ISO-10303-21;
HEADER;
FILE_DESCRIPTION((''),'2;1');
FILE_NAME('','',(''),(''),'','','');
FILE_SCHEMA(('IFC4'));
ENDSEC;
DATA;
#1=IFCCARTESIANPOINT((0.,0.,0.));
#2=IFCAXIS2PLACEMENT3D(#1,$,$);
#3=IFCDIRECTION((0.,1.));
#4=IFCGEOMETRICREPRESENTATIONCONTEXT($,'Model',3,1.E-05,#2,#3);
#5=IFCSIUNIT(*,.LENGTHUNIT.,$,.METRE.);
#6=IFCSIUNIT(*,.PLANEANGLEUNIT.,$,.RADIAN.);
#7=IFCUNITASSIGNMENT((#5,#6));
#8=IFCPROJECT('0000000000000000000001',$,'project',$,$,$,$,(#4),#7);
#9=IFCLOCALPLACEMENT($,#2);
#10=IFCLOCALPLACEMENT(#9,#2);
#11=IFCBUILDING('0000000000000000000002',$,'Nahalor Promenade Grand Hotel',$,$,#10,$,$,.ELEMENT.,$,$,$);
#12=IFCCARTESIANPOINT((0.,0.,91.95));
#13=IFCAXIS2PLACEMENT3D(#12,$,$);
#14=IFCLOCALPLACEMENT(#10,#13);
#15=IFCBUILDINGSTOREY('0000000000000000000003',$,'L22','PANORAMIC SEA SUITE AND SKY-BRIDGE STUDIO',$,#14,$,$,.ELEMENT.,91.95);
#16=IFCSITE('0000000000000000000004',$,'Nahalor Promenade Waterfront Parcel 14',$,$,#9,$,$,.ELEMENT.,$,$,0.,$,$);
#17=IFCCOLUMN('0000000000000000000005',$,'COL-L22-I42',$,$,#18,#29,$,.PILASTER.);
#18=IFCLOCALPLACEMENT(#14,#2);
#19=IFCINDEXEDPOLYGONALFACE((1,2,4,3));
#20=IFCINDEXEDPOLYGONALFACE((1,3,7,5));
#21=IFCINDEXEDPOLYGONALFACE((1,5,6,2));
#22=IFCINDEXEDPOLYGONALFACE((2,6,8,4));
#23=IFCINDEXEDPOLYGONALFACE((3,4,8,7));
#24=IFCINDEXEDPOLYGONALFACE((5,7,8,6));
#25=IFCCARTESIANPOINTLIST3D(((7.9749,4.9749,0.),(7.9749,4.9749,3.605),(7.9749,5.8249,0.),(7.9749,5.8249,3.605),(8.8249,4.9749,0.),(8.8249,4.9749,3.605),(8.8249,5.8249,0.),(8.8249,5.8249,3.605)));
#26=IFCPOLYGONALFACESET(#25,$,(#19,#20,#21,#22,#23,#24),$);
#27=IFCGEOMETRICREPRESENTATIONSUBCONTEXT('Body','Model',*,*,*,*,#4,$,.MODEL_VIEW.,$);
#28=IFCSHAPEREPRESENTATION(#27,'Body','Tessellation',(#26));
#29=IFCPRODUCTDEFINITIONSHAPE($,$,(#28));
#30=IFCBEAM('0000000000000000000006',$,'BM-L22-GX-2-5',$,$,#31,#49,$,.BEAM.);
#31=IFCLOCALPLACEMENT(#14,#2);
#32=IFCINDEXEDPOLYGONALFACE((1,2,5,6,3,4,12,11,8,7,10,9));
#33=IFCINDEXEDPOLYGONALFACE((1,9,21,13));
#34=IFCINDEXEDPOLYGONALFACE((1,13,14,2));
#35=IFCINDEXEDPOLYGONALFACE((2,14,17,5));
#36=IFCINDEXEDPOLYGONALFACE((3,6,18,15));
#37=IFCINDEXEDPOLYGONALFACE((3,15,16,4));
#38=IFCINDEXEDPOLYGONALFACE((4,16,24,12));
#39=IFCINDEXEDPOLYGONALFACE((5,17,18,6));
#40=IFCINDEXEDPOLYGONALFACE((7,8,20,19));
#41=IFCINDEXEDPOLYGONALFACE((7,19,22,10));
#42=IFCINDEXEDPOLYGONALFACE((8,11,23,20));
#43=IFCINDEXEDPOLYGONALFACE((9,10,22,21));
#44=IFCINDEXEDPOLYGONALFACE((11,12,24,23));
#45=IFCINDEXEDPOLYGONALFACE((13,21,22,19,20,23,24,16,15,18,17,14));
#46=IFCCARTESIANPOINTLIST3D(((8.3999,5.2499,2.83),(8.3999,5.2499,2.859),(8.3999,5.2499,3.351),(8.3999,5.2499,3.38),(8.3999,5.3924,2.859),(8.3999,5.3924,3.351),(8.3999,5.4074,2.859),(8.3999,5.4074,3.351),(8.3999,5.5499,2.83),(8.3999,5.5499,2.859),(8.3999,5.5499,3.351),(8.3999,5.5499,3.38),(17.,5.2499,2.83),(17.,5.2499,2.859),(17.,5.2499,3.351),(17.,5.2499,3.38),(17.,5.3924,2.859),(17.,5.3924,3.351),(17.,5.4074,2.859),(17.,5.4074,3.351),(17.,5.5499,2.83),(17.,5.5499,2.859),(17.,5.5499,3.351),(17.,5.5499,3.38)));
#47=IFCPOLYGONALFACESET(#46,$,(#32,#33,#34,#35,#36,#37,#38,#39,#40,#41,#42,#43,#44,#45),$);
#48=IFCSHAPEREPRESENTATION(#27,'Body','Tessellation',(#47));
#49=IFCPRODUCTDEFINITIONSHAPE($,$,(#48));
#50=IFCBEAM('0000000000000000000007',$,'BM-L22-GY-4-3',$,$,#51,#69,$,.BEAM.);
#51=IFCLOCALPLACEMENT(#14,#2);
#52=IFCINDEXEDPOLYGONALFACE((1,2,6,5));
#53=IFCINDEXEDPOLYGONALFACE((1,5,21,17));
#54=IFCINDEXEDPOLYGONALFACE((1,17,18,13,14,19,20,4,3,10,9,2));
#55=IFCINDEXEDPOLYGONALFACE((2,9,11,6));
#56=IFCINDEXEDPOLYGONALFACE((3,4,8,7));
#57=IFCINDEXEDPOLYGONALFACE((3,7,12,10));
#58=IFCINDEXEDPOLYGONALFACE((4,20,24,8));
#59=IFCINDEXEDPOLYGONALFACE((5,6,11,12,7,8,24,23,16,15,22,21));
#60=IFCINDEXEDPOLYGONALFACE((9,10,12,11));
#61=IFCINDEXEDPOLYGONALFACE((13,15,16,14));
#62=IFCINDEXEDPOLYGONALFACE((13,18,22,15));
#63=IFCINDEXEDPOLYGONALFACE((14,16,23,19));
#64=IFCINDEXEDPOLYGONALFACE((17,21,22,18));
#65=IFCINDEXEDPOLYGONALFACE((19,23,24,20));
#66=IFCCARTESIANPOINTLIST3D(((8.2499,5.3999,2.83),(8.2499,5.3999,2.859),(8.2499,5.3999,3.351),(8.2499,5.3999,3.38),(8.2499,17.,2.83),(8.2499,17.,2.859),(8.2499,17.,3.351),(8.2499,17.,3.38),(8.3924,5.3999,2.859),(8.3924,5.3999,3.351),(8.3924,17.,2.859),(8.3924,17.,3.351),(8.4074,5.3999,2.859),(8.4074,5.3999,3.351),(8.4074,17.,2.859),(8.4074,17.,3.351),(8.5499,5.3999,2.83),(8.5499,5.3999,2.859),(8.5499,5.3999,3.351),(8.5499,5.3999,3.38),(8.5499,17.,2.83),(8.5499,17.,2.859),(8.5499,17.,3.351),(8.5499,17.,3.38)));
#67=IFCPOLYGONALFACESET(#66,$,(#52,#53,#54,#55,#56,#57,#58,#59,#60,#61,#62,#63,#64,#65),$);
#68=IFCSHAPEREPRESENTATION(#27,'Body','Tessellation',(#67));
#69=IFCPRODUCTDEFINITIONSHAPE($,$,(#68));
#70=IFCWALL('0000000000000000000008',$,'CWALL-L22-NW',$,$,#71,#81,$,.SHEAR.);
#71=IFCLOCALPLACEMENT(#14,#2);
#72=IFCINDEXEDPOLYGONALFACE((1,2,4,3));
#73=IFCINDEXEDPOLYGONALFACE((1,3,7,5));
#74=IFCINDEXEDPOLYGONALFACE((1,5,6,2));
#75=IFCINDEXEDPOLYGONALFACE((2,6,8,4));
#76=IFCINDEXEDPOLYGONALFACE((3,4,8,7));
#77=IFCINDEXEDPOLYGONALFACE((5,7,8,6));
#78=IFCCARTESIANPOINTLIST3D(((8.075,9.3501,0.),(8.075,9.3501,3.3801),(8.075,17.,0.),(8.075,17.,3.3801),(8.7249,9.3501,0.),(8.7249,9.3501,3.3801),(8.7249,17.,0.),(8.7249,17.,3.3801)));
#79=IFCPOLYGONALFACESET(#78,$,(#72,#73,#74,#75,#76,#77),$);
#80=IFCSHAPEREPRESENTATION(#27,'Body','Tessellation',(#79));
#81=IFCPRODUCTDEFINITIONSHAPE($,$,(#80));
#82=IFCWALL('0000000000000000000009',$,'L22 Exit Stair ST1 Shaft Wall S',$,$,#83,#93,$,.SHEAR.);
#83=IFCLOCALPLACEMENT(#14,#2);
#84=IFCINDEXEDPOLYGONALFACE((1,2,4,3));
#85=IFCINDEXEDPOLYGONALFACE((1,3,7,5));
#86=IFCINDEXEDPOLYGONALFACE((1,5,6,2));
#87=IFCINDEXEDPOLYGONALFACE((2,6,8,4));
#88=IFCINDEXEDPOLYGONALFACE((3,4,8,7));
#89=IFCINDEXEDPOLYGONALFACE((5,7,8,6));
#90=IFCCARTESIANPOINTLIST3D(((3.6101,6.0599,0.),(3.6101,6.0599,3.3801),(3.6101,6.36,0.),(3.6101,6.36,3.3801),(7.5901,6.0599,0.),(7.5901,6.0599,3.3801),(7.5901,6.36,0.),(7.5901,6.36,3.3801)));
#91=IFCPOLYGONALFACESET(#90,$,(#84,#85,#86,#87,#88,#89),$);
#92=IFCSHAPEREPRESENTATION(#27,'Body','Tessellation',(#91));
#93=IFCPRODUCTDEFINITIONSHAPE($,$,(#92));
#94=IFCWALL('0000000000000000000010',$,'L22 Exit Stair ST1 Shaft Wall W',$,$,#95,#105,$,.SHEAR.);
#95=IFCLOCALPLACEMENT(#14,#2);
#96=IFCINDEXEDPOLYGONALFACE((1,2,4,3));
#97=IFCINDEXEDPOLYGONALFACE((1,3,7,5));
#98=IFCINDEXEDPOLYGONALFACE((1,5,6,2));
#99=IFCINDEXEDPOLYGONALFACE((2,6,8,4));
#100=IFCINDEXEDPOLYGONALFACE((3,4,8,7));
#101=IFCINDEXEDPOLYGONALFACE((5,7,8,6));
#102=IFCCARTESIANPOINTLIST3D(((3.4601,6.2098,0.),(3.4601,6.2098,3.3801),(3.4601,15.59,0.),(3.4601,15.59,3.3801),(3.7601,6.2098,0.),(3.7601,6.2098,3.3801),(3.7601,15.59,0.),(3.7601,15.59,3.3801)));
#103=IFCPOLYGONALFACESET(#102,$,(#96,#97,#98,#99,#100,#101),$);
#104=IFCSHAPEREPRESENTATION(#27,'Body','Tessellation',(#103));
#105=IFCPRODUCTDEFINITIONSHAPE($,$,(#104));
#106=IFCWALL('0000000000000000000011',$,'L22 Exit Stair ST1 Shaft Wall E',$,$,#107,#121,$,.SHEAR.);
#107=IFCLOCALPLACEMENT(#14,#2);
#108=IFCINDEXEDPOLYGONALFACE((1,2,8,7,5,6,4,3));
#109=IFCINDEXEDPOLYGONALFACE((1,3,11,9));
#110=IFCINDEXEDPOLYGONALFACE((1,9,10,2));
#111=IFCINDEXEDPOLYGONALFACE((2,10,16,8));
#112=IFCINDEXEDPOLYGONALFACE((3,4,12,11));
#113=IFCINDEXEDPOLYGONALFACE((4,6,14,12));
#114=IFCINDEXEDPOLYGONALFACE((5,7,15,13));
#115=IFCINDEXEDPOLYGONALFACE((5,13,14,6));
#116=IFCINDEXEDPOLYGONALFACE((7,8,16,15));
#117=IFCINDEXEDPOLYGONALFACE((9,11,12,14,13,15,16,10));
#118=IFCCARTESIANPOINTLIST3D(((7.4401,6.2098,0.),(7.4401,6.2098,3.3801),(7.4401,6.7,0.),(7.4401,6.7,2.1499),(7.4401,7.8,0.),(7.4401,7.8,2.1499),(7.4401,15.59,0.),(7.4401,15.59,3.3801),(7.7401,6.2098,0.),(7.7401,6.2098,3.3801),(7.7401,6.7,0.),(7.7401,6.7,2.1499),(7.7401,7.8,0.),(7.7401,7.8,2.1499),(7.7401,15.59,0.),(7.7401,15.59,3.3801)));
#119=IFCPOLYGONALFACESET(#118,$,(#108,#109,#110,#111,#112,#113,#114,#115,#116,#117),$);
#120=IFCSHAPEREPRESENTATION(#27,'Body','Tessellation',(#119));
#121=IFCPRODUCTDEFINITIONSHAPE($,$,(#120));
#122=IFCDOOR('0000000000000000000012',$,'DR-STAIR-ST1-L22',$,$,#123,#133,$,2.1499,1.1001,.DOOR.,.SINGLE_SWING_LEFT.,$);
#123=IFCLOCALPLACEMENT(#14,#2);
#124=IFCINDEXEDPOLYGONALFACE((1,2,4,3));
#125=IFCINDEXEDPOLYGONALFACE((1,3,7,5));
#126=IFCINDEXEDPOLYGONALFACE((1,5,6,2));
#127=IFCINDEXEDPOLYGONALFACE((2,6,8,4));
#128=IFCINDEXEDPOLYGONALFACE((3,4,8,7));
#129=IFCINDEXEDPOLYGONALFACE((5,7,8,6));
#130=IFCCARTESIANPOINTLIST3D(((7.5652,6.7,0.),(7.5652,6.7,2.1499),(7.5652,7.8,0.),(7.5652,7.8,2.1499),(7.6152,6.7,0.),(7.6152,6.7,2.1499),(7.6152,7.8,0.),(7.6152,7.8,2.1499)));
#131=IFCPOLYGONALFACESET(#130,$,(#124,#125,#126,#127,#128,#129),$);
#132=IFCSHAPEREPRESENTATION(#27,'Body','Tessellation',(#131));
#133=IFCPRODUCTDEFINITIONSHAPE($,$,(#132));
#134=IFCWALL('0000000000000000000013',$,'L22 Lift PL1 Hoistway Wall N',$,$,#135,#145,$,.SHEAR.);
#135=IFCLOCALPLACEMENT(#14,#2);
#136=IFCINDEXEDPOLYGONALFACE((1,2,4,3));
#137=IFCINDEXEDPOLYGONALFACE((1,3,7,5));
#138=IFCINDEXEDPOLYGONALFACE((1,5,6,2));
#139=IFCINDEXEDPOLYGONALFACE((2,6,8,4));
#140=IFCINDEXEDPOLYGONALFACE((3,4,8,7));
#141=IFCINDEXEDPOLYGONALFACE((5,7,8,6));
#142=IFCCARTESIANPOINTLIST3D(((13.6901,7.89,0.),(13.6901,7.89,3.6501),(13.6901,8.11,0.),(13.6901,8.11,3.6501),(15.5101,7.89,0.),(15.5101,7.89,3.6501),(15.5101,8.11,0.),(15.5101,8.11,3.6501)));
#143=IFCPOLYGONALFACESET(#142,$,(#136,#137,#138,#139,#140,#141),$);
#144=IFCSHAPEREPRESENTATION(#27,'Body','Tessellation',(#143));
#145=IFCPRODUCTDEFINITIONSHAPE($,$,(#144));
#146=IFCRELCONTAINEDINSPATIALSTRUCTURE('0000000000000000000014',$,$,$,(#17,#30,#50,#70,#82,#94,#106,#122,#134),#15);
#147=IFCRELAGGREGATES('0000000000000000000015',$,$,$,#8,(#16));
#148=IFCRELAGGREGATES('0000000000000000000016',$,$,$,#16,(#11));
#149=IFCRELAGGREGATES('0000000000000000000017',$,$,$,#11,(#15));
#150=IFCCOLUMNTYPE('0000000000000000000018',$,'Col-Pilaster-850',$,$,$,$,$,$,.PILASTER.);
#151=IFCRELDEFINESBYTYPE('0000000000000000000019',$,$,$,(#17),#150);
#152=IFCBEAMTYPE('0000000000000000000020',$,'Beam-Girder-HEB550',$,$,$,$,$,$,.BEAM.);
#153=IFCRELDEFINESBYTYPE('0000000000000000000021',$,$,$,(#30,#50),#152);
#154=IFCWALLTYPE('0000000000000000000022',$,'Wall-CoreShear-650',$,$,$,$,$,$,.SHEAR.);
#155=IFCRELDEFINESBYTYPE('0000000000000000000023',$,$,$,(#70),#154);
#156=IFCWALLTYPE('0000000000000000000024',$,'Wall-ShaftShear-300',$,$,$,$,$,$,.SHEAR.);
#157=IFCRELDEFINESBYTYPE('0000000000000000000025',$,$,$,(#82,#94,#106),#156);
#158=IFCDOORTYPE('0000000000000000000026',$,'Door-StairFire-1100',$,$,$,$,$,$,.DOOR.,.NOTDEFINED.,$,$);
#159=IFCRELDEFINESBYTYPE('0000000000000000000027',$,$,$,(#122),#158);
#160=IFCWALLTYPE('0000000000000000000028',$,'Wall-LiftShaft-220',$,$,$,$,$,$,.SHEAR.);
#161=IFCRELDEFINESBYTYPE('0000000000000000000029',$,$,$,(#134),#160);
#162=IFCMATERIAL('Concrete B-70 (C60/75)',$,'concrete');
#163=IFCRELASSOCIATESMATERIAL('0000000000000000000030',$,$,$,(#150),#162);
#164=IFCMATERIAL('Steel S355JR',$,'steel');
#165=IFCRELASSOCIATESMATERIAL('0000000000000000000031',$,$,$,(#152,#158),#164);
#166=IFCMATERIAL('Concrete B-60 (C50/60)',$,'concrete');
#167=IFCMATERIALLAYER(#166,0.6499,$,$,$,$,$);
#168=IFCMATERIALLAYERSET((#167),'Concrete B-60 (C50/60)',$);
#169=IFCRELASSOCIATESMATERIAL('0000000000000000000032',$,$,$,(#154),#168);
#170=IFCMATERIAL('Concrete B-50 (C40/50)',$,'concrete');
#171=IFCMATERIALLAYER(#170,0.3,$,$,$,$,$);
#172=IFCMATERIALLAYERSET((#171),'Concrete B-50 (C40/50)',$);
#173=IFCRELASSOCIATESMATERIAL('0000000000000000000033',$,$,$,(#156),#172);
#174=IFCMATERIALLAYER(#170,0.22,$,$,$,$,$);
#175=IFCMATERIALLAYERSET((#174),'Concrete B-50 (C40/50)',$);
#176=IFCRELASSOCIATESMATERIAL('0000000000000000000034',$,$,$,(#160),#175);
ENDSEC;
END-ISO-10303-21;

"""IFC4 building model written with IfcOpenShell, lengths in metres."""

from ifc_helpers import new_model, si_unit, direction, frame, frame_2d, origin, origin_2d, place, context, subcontext, project, spatial, rectangle, i_section, extrude, source, transform, mapped, material, layer, layer_set, material_profile, profile_set, type_object, element, fill, save


model = new_model("IFC4")

# Units and contexts
model_context = context("Model", 3, precision=1e-05, world=origin(), true_north=direction((0.0, 1.0)))
body_context = subcontext(model_context, "Body", "Model", "MODEL_VIEW")
ifc_project = project(units=[si_unit("LENGTHUNIT", "METRE"), si_unit("PLANEANGLEUNIT", "RADIAN")], contexts=[model_context])

# Site, building, storey
site_placement = place(None, origin())
site = spatial("IfcSite", under=ifc_project, at=site_placement, Name="Nahalor Promenade Waterfront Parcel 14", CompositionType="ELEMENT", RefElevation=0.0)
building_placement = place(site_placement, origin())
building = spatial("IfcBuilding", under=site, at=building_placement, Name="Nahalor Promenade Grand Hotel", CompositionType="ELEMENT")
storey_placement = place(building_placement, frame((0.0, 0.0, 91.95)))
storey = spatial("IfcBuildingStorey", under=building, at=storey_placement, Name="L22", Description="PANORAMIC SEA SUITE AND SKY-BRIDGE STUDIO", CompositionType="ELEMENT", Elevation=91.95)

# Column
ifc_material_1 = material(Name="Concrete B-70 (C60/75)", Category="concrete")
ifc_material_profile_1 = material_profile(ifc_material_1, rectangle(XDim=0.85, YDim=0.85, at=origin_2d()), Name="RC 850x850")
ifc_profile_set_1 = profile_set([ifc_material_profile_1], Name="Concrete B-70 (C60/75)")
column_type = type_object("IfcColumnType", Name="Col-Pilaster-850", PredefinedType="PILASTER", material=ifc_profile_set_1)
shared_shape_1 = source(origin(), body_context, "Body", "SweptSolid", [
    extrude(rectangle(XDim=0.85, YDim=0.85, at=origin_2d()), origin(), (0.0, 0.0, 1.0), 3.605),
])
column_placement = place(storey_placement, frame((8.3999, 5.3999, 0.0), z_axis=(0.0, 0.0, 1.0), x_axis=(1.0, 0.0, 0.0)))
element("IfcColumn", 1, at=column_placement, inside=storey, type_object=column_type, Name="COL-L22-I42", PredefinedType="PILASTER", context=body_context, shape_type="MappedRepresentation", body=[
    mapped(shared_shape_1, transform((0.0, 0.0, 0.0), scale=1.0)),
])

# Beams
ifc_material_2 = material(Name="Steel S355JR", Category="steel")
ifc_material_profile_2 = material_profile(ifc_material_2, i_section(OverallWidth=0.3, OverallDepth=0.55, WebThickness=0.015, FlangeThickness=0.029, at=origin_2d()), Name="HEB 550")
ifc_profile_set_2 = profile_set([ifc_material_profile_2], Name="Steel S355JR")
beam_type = type_object("IfcBeamType", Name="Beam-Girder-HEB550", PredefinedType="BEAM", material=ifc_profile_set_2)
shared_shape_2 = source(origin(), body_context, "Body", "SweptSolid", [
    extrude(i_section(OverallWidth=0.3, OverallDepth=0.55, WebThickness=0.015, FlangeThickness=0.029, at=origin_2d()), origin(), (0.0, 0.0, 1.0), 8.6001),
])
beam_1_placement = place(storey_placement, frame((8.3999, 5.3999, 3.105), z_axis=(1.0, 0.0, 0.0), x_axis=(0.0, 1.0, 0.0)))
element("IfcBeam", 2, at=beam_1_placement, inside=storey, type_object=beam_type, Name="BM-L22-GX-2-5", PredefinedType="BEAM", context=body_context, shape_type="MappedRepresentation", body=[
    mapped(shared_shape_2, transform((0.0, 0.0, 0.0), scale=1.0)),
])
shared_shape_3 = source(origin(), body_context, "Body", "SweptSolid", [
    extrude(i_section(OverallWidth=0.3, OverallDepth=0.55, WebThickness=0.015, FlangeThickness=0.029, at=origin_2d()), origin(), (0.0, 0.0, 1.0), 11.6001),
])
beam_2_placement = place(storey_placement, frame((8.3999, 5.3999, 3.105), z_axis=(0.0, 1.0, 0.0), x_axis=(-1.0, 0.0, 0.0)))
element("IfcBeam", 3, at=beam_2_placement, inside=storey, type_object=beam_type, Name="BM-L22-GY-4-3", PredefinedType="BEAM", context=body_context, shape_type="MappedRepresentation", body=[
    mapped(shared_shape_3, transform((0.0, 0.0, 0.0), scale=1.0)),
])

# Walls
ifc_material_3 = material(Name="Concrete B-60 (C50/60)", Category="concrete")
ifc_layer_1 = layer(ifc_material_3, 0.6499)
ifc_layer_set_1 = layer_set([ifc_layer_1], Name="Concrete B-60 (C50/60)")
wall_type_1 = type_object("IfcWallType", Name="Wall-CoreShear-650", PredefinedType="SHEAR", material=ifc_layer_set_1)
shared_shape_4 = source(origin(), body_context, "Body", "SweptSolid", [
    extrude(rectangle(XDim=7.6499, YDim=0.6499, at=frame_2d((3.825, 0.0))), origin(), (0.0, 0.0, 1.0), 3.3801),
])
wall_1_placement = place(storey_placement, frame((8.3999, 9.3501, 0.0), z_axis=(0.0, 0.0, 1.0), x_axis=(0.0, 1.0, 0.0)))
element("IfcWall", 4, at=wall_1_placement, inside=storey, type_object=wall_type_1, Name="CWALL-L22-NW", PredefinedType="SHEAR", context=body_context, shape_type="MappedRepresentation", body=[
    mapped(shared_shape_4, transform((0.0, 0.0, 0.0), scale=1.0)),
])
ifc_material_4 = material(Name="Concrete B-50 (C40/50)", Category="concrete")
ifc_layer_2 = layer(ifc_material_4, 0.3)
ifc_layer_set_2 = layer_set([ifc_layer_2], Name="Concrete B-50 (C40/50)")
wall_type_2 = type_object("IfcWallType", Name="Wall-ShaftShear-300", PredefinedType="SHEAR", material=ifc_layer_set_2)
shared_shape_5 = source(origin(), body_context, "Body", "SweptSolid", [
    extrude(rectangle(XDim=3.98, YDim=0.3, at=frame_2d((1.99, 0.0))), origin(), (0.0, 0.0, 1.0), 3.3801),
])
wall_2_placement = place(storey_placement, frame((3.6101, 6.21, 0.0), z_axis=(0.0, 0.0, 1.0), x_axis=(1.0, 0.0, 0.0)))
element("IfcWall", 5, at=wall_2_placement, inside=storey, type_object=wall_type_2, Name="L22 Exit Stair ST1 Shaft Wall S", PredefinedType="SHEAR", context=body_context, shape_type="MappedRepresentation", body=[
    mapped(shared_shape_5, transform((0.0, 0.0, 0.0), scale=1.0)),
])
shared_shape_6 = source(origin(), body_context, "Body", "SweptSolid", [
    extrude(rectangle(XDim=9.3801, YDim=0.3, at=frame_2d((4.6899, 0.0))), origin(), (0.0, 0.0, 1.0), 3.3801),
])
wall_3_placement = place(storey_placement, frame((3.6101, 6.21, 0.0), z_axis=(0.0, 0.0, 1.0), x_axis=(0.0, 1.0, 0.0)))
element("IfcWall", 6, at=wall_3_placement, inside=storey, type_object=wall_type_2, Name="L22 Exit Stair ST1 Shaft Wall W", PredefinedType="SHEAR", context=body_context, shape_type="MappedRepresentation", body=[
    mapped(shared_shape_6, transform((0.0, 0.0, 0.0), scale=1.0)),
])

# Wall, opening, door
wall_4_placement = place(storey_placement, frame((7.5901, 6.21, 0.0), z_axis=(0.0, 0.0, 1.0), x_axis=(0.0, 1.0, 0.0)))
wall_4 = element("IfcWall", 7, at=wall_4_placement, inside=storey, type_object=wall_type_2, Name="L22 Exit Stair ST1 Shaft Wall E", PredefinedType="SHEAR", context=body_context, shape_type="MappedRepresentation", body=[
    mapped(shared_shape_6, transform((0.0, 0.0, 0.0), scale=1.0)),
])
opening_1_placement = place(wall_4_placement, frame((0.49, 0.0, 0.0)))
opening_1 = element("IfcOpeningElement", 8, at=opening_1_placement, cuts=wall_4, PredefinedType="OPENING", context=body_context, shape_type="SweptSolid", body=[
    extrude(rectangle(XDim=1.1001, YDim=2.1499, at=frame_2d((0.55, 1.075))), frame((0.0, 0.1599, 0.0), z_axis=(0.0, -1.0, 0.0), x_axis=(1.0, 0.0, 0.0)), (0.0, 0.0, 1.0), 0.3201),
])
door_type_1 = type_object("IfcDoorType", Name="Door-StairFire-1100", OperationType="NOTDEFINED", PredefinedType="DOOR", material=ifc_material_2)
shared_shape_7 = source(origin(), body_context, "Body", "SweptSolid", [
    extrude(rectangle(XDim=1.1001, YDim=2.1499, at=frame_2d((0.55, 1.075))), frame((0.0, 0.0249, 0.0), z_axis=(0.0, -1.0, 0.0), x_axis=(1.0, 0.0, 0.0)), (0.0, 0.0, 1.0), 0.05),
])
door_1_placement = place(opening_1_placement, origin())
door_1 = element("IfcDoor", 9, at=door_1_placement, inside=storey, type_object=door_type_1, Name="DR-STAIR-ST1-L22", OperationType="SINGLE_SWING_LEFT", OverallHeight=2.1499, OverallWidth=1.1001, PredefinedType="DOOR", context=body_context, shape_type="MappedRepresentation", body=[
    mapped(shared_shape_7, transform((0.0, 0.0, 0.0), scale=1.0)),
])
fill(opening_1, door_1)

# Wall
ifc_layer_3 = layer(ifc_material_4, 0.22)
ifc_layer_set_3 = layer_set([ifc_layer_3], Name="Concrete B-50 (C40/50)")
wall_type_3 = type_object("IfcWallType", Name="Wall-LiftShaft-220", PredefinedType="SHEAR", material=ifc_layer_set_3)
shared_shape_8 = source(origin(), body_context, "Body", "SweptSolid", [
    extrude(rectangle(XDim=1.8201, YDim=0.22, at=frame_2d((0.9102, 0.0))), origin(), (0.0, 0.0, 1.0), 3.6501),
])
wall_5_placement = place(storey_placement, frame((13.6899, 8.0, 0.0), z_axis=(0.0, 0.0, 1.0), x_axis=(1.0, 0.0, 0.0)))
element("IfcWall", 10, at=wall_5_placement, inside=storey, type_object=wall_type_3, Name="L22 Lift PL1 Hoistway Wall N", PredefinedType="SHEAR", context=body_context, shape_type="MappedRepresentation", body=[
    mapped(shared_shape_8, transform((0.0, 0.0, 0.0), scale=1.0)),
])

save(model, "model.ifc")
